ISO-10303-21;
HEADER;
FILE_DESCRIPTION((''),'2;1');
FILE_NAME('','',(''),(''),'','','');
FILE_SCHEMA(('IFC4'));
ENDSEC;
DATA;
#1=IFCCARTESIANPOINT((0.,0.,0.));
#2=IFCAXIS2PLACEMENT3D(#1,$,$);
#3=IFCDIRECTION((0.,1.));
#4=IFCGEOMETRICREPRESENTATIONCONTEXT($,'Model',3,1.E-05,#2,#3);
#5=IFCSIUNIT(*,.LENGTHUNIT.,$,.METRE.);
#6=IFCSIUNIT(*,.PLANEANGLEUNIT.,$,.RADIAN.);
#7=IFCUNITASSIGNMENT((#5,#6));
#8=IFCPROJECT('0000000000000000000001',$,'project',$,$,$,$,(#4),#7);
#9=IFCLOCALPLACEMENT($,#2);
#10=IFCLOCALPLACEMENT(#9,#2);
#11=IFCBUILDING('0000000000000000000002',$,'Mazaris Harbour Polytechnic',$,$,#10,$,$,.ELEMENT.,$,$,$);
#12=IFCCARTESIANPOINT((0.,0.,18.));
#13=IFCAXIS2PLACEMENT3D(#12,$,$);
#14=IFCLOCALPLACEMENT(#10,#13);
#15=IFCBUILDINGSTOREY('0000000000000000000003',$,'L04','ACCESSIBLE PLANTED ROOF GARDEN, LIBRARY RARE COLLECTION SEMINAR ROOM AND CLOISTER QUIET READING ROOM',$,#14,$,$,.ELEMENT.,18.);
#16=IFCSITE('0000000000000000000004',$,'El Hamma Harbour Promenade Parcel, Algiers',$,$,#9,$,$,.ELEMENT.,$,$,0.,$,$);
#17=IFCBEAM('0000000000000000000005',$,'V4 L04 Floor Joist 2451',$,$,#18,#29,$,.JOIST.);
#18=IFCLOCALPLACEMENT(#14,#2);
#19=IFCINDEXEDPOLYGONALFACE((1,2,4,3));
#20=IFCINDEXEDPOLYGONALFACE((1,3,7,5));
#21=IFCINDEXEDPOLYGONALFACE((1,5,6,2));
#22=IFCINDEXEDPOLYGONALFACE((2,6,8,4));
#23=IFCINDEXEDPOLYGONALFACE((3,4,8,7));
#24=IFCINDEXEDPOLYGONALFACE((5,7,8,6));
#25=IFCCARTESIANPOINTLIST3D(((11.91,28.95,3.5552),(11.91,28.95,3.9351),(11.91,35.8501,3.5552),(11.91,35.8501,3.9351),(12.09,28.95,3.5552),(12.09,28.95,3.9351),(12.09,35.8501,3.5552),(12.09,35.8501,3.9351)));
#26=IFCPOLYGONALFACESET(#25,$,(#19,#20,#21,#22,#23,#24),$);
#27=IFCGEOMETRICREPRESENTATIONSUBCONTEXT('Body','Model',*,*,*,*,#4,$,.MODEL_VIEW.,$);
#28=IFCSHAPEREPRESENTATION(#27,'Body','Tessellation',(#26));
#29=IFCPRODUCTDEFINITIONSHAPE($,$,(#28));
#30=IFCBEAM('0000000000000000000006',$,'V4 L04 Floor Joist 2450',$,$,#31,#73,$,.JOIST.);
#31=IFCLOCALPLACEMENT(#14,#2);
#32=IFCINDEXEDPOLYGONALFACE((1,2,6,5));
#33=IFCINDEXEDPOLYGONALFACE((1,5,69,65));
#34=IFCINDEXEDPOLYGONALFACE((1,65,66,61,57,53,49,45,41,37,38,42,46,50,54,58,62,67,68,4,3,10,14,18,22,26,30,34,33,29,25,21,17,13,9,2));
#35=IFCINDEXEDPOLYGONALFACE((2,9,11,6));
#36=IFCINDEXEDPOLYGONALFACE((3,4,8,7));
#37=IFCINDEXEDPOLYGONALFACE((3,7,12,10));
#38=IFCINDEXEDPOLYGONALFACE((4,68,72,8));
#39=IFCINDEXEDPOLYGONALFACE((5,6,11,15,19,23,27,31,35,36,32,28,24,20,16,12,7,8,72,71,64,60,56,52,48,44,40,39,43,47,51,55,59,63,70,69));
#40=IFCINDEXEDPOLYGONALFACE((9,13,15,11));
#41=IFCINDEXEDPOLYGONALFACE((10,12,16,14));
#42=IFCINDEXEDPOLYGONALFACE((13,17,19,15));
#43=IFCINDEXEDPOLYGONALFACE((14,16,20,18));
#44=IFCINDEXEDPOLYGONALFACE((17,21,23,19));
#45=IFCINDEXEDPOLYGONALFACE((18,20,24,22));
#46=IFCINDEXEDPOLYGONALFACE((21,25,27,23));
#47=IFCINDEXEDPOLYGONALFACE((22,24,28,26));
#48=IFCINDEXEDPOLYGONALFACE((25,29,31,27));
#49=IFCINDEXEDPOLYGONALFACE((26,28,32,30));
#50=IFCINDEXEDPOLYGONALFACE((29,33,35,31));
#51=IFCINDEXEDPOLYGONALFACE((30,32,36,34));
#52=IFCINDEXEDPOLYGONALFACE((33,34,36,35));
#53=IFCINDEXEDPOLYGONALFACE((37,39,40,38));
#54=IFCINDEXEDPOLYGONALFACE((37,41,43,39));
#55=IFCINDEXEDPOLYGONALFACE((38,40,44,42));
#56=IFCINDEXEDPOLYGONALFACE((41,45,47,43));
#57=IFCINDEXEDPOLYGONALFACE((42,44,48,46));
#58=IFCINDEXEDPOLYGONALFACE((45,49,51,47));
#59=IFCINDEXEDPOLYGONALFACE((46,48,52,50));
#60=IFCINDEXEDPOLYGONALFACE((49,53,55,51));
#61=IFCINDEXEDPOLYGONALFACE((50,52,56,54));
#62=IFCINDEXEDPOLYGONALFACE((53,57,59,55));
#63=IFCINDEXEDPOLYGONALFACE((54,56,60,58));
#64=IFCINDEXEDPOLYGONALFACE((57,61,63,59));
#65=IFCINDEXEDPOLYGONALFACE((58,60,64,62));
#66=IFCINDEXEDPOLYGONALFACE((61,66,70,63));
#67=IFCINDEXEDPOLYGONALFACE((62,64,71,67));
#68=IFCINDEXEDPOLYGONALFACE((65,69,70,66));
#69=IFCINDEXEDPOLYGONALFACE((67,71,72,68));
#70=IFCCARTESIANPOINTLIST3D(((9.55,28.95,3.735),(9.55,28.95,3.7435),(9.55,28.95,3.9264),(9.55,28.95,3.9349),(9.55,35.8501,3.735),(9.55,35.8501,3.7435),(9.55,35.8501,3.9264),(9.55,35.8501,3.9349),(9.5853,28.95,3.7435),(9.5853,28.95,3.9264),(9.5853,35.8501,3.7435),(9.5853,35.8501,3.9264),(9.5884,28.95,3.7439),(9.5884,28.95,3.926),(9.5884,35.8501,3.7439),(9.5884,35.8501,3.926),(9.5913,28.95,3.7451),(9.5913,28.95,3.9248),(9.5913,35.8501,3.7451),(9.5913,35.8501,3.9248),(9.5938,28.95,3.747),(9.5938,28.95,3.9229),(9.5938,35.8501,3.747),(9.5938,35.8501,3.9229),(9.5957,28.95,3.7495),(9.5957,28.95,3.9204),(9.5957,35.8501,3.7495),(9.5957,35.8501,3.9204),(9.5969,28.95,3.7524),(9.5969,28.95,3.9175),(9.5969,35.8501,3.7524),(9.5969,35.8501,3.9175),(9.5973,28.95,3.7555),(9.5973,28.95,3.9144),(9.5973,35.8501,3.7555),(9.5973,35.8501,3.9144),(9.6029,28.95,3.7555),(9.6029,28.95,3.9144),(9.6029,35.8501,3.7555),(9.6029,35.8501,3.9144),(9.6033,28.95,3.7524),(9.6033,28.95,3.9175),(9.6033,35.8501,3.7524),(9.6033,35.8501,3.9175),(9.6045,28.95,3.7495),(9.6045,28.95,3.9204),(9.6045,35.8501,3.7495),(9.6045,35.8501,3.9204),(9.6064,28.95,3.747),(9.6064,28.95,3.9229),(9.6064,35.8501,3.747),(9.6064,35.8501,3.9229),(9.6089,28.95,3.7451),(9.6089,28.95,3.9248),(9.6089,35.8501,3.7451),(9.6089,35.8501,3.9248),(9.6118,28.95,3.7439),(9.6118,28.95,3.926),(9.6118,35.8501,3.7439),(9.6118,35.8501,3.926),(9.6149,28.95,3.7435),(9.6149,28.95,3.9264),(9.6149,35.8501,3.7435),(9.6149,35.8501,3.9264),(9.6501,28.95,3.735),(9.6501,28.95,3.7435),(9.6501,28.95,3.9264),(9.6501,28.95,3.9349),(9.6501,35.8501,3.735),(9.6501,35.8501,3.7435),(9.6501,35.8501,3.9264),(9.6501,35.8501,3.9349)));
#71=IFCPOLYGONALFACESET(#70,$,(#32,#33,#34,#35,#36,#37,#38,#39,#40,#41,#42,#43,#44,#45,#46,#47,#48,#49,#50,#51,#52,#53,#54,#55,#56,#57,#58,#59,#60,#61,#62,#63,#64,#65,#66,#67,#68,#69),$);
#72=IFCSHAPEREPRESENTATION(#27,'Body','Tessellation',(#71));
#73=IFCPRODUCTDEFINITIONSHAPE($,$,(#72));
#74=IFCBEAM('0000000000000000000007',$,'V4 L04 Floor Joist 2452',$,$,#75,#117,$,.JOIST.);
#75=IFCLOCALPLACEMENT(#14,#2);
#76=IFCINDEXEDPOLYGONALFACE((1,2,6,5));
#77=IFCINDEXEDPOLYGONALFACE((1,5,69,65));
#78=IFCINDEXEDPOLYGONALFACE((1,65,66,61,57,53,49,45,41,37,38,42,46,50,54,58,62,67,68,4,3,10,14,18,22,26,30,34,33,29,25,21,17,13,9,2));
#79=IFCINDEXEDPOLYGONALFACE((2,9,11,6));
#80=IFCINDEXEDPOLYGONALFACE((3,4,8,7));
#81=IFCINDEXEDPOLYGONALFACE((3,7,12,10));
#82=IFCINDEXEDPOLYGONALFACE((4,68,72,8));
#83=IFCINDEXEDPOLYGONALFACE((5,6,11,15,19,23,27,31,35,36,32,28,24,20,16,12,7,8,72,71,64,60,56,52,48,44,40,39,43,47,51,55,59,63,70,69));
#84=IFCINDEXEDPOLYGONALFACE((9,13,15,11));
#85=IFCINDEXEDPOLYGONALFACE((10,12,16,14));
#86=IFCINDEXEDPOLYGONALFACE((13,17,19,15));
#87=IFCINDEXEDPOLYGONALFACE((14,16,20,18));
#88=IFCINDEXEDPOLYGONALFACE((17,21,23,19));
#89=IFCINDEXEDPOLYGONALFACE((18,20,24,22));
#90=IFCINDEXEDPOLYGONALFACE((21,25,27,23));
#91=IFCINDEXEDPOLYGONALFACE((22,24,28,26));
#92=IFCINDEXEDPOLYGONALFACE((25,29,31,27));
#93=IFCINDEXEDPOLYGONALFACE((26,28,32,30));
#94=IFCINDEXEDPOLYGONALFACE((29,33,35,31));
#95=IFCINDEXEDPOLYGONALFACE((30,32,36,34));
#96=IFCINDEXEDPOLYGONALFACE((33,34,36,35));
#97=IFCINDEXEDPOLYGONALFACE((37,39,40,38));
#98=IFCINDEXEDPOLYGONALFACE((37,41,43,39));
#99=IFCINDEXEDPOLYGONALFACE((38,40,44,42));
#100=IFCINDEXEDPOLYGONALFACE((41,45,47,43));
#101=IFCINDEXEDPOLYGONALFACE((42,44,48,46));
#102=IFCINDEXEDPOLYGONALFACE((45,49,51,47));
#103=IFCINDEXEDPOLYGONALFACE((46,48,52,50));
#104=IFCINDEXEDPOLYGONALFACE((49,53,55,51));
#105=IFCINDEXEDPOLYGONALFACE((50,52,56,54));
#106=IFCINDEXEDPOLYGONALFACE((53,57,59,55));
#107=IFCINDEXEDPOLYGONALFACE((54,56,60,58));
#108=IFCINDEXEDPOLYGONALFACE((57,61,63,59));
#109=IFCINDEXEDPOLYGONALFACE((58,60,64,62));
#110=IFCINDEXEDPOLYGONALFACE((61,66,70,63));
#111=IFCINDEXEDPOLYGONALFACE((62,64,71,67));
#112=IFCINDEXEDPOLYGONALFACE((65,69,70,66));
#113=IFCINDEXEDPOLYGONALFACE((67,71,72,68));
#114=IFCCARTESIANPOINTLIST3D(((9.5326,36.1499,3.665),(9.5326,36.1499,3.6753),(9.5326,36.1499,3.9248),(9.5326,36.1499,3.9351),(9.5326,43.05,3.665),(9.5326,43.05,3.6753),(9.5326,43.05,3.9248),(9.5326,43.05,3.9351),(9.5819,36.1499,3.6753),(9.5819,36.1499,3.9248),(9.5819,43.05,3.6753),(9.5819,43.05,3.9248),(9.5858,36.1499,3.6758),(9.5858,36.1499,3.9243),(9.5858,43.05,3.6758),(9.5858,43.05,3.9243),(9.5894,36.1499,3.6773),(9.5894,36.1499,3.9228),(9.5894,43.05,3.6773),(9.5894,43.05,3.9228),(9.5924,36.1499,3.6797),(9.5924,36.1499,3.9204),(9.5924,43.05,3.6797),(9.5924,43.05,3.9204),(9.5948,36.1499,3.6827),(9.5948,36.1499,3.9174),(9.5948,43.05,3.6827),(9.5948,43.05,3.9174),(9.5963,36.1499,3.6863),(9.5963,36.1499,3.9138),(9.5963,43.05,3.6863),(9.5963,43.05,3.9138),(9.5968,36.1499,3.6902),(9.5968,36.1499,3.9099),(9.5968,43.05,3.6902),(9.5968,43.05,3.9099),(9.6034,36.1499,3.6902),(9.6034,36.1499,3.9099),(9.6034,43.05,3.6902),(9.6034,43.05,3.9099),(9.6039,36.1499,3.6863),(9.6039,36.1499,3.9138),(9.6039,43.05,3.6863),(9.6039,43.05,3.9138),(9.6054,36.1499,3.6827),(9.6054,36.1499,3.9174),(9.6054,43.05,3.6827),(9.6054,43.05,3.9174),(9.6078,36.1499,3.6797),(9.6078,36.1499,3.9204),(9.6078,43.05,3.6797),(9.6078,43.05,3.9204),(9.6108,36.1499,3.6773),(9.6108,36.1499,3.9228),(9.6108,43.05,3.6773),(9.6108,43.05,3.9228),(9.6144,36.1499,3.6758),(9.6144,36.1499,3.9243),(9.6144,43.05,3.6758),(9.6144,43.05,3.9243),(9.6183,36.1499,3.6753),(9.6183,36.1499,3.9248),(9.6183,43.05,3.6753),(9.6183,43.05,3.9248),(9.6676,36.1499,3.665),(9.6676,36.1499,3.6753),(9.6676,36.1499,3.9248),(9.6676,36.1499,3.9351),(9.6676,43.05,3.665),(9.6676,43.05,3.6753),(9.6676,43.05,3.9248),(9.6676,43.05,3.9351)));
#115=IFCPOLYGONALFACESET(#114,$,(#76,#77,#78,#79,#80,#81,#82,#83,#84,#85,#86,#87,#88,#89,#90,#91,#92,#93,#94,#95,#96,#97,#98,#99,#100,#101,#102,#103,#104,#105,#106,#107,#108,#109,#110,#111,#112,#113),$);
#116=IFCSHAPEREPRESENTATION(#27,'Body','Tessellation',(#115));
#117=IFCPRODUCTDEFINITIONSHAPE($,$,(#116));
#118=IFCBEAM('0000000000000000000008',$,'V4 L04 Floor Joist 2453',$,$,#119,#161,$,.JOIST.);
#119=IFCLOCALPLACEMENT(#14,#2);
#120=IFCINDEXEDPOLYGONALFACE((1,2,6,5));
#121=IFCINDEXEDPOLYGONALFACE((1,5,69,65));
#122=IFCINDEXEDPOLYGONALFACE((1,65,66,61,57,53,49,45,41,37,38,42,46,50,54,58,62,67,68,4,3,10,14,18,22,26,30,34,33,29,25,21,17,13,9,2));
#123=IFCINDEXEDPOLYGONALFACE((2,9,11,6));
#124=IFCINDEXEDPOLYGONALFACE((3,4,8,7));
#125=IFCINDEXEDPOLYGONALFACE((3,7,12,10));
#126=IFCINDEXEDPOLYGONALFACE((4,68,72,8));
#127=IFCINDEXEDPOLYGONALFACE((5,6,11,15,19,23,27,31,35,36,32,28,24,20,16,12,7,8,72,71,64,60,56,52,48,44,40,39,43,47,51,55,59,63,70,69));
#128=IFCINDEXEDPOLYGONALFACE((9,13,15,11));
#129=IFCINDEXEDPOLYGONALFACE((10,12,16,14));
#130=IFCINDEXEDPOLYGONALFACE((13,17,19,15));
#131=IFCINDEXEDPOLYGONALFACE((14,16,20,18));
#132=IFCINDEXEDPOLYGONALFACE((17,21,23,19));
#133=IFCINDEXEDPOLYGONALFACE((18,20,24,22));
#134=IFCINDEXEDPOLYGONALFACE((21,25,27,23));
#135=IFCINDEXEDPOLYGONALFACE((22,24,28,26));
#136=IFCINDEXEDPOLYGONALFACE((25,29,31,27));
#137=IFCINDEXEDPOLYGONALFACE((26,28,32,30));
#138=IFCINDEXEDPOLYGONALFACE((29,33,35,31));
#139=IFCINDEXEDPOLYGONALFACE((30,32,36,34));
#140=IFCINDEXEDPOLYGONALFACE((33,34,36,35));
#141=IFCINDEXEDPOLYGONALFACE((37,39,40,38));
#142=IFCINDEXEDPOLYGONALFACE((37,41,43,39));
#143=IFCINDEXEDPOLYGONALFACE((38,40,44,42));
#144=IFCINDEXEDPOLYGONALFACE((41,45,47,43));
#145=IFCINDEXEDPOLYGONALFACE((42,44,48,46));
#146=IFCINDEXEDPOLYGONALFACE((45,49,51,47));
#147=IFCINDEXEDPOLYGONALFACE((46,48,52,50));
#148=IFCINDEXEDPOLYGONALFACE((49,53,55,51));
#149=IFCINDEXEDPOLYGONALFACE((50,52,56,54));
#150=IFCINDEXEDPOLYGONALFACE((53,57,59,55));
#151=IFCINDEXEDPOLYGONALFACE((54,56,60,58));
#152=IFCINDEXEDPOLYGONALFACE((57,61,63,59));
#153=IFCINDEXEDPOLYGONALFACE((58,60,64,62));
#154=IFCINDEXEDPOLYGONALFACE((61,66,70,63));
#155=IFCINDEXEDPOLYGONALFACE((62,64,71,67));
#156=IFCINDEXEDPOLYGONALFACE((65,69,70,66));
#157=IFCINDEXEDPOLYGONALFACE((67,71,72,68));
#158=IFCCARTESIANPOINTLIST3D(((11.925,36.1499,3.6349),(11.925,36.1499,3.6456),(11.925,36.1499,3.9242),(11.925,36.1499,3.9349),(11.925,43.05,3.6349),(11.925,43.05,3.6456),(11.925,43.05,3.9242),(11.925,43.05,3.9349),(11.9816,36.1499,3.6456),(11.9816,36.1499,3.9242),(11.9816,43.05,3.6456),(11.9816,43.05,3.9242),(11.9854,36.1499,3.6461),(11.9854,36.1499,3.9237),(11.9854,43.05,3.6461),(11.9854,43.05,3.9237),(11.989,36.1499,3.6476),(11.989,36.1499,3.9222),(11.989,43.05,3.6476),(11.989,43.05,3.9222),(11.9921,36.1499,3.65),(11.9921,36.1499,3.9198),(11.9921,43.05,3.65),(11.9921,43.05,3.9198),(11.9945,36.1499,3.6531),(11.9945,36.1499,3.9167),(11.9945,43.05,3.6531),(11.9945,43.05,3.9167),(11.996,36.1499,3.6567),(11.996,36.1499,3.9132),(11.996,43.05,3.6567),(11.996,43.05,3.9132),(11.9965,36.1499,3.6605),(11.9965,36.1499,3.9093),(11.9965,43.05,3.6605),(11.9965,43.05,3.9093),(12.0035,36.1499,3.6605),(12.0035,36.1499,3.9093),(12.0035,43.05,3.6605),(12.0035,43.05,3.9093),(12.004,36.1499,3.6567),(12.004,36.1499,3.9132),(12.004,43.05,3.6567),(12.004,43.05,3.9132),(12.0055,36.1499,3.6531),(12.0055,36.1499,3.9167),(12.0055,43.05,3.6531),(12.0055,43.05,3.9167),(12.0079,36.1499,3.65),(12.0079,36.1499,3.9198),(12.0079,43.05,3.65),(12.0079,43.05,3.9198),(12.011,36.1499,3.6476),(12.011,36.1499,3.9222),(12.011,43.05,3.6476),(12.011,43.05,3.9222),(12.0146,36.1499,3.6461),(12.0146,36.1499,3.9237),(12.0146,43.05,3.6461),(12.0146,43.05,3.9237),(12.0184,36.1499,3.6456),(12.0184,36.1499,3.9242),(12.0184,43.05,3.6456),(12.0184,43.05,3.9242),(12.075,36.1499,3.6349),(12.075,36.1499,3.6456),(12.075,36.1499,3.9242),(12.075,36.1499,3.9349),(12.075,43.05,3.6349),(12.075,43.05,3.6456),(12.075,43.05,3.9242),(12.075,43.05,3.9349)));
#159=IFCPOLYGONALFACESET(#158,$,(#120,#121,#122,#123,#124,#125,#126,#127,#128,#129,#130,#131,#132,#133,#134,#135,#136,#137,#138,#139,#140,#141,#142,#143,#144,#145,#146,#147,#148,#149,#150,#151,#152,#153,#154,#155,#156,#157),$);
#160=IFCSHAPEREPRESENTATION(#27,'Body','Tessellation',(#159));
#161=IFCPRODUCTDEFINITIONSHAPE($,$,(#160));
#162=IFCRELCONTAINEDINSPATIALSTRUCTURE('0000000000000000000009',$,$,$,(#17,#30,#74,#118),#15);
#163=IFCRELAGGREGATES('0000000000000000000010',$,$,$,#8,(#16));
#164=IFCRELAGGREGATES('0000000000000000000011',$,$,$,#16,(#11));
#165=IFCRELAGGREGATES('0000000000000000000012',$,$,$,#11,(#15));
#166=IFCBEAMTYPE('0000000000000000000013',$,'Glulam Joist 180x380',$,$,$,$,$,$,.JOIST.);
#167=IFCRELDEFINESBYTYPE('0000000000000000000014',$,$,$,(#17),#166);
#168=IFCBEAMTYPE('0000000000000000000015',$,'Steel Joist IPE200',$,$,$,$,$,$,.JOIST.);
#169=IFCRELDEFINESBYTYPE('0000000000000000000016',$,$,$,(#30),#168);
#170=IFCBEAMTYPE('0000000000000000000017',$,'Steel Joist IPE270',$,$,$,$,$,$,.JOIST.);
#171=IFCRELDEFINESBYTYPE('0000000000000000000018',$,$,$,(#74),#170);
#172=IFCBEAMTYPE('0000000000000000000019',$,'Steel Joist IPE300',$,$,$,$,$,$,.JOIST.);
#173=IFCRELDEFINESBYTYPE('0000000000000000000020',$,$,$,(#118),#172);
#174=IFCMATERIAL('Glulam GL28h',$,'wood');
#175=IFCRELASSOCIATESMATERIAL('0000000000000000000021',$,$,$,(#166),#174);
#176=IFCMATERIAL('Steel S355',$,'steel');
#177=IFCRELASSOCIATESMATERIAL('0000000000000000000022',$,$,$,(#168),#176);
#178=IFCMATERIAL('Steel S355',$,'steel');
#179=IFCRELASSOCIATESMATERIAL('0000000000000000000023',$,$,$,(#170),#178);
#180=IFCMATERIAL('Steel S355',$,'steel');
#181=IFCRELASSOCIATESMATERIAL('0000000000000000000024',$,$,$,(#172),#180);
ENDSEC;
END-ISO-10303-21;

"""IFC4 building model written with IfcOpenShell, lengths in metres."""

from ifc_helpers import new_model, si_unit, direction, frame, origin, origin_2d, place, context, subcontext, project, spatial, rectangle, i_section, extrude, material, material_profile, profile_set, type_object, element, save


model = new_model("IFC4")

# Units and contexts
model_context = context("Model", 3, precision=1e-05, world=origin(), true_north=direction((0.0, 1.0)))
body_context = subcontext(model_context, "Body", "Model", "MODEL_VIEW")
ifc_project = project(units=[si_unit("LENGTHUNIT", "METRE"), si_unit("PLANEANGLEUNIT", "RADIAN")], contexts=[model_context])

# Site, building, storey
site_placement = place(None, origin())
site = spatial("IfcSite", under=ifc_project, at=site_placement, Name="El Hamma Harbour Promenade Parcel, Algiers", CompositionType="ELEMENT", RefElevation=0.0)
building_placement = place(site_placement, origin())
building = spatial("IfcBuilding", under=site, at=building_placement, Name="Mazaris Harbour Polytechnic", CompositionType="ELEMENT")
storey_placement = place(building_placement, frame((0.0, 0.0, 18.0)))
storey = spatial("IfcBuildingStorey", under=building, at=storey_placement, Name="L04", Description="ACCESSIBLE PLANTED ROOF GARDEN, LIBRARY RARE COLLECTION SEMINAR ROOM AND CLOISTER QUIET READING ROOM", CompositionType="ELEMENT", Elevation=18.0)

# Beams
ifc_material_1 = material(Name="Glulam GL28h", Category="wood")
ifc_material_profile_1 = material_profile(ifc_material_1, rectangle(XDim=0.1799, YDim=0.3799, at=origin_2d()), Name="RECT180x380")
ifc_profile_set_1 = profile_set([ifc_material_profile_1], Name="Glulam GL28h")
beam_type_1 = type_object("IfcBeamType", Name="Glulam Joist 180x380", PredefinedType="JOIST", material=ifc_profile_set_1)
beam_1_placement = place(storey_placement, frame((12.0, 28.95, 3.7451), z_axis=(0.0, 1.0, 0.0), x_axis=(-1.0, 0.0, 0.0)))
element("IfcBeam", 1, at=beam_1_placement, inside=storey, type_object=beam_type_1, Name="V4 L04 Floor Joist 2451", PredefinedType="JOIST", context=body_context, shape_type="SweptSolid", body=[
    extrude(rectangle(XDim=0.1799, YDim=0.3799, at=origin_2d()), origin(), (0.0, 0.0, 1.0), 6.9001),
])
ifc_material_2 = material(Name="Steel S355", Category="steel")
ifc_material_profile_2 = material_profile(ifc_material_2, i_section(OverallWidth=0.1001, OverallDepth=0.2, WebThickness=0.0056, FlangeThickness=0.0085, FilletRadius=0.012, at=origin_2d()), Name="IPE 200")
ifc_profile_set_2 = profile_set([ifc_material_profile_2], Name="Steel S355")
beam_type_2 = type_object("IfcBeamType", Name="Steel Joist IPE200", PredefinedType="JOIST", material=ifc_profile_set_2)
beam_2_placement = place(storey_placement, frame((9.6001, 28.95, 3.835), z_axis=(0.0, 1.0, 0.0), x_axis=(-1.0, 0.0, 0.0)))
element("IfcBeam", 2, at=beam_2_placement, inside=storey, type_object=beam_type_2, Name="V4 L04 Floor Joist 2450", PredefinedType="JOIST", context=body_context, shape_type="SweptSolid", body=[
    extrude(i_section(OverallWidth=0.1001, OverallDepth=0.2, WebThickness=0.0056, FlangeThickness=0.0085, FilletRadius=0.012, at=origin_2d()), origin(), (0.0, 0.0, 1.0), 6.9001),
])
ifc_material_3 = material(Name="Steel S355", Category="steel")
ifc_material_profile_3 = material_profile(ifc_material_3, i_section(OverallWidth=0.135, OverallDepth=0.27, WebThickness=0.0066, FlangeThickness=0.0103, FilletRadius=0.0149, at=origin_2d()), Name="IPE 270")
ifc_profile_set_3 = profile_set([ifc_material_profile_3], Name="Steel S355")
beam_type_3 = type_object("IfcBeamType", Name="Steel Joist IPE270", PredefinedType="JOIST", material=ifc_profile_set_3)
beam_3_placement = place(storey_placement, frame((9.6001, 36.1499, 3.8), z_axis=(0.0, 1.0, 0.0), x_axis=(-1.0, 0.0, 0.0)))
element("IfcBeam", 3, at=beam_3_placement, inside=storey, type_object=beam_type_3, Name="V4 L04 Floor Joist 2452", PredefinedType="JOIST", context=body_context, shape_type="SweptSolid", body=[
    extrude(i_section(OverallWidth=0.135, OverallDepth=0.27, WebThickness=0.0066, FlangeThickness=0.0103, FilletRadius=0.0149, at=origin_2d()), origin(), (0.0, 0.0, 1.0), 6.9001),
])
ifc_material_4 = material(Name="Steel S355", Category="steel")
ifc_material_profile_4 = material_profile(ifc_material_4, i_section(OverallWidth=0.1499, OverallDepth=0.3, WebThickness=0.0071, FlangeThickness=0.0107, FilletRadius=0.0149, at=origin_2d()), Name="IPE 300")
ifc_profile_set_4 = profile_set([ifc_material_profile_4], Name="Steel S355")
beam_type_4 = type_object("IfcBeamType", Name="Steel Joist IPE300", PredefinedType="JOIST", material=ifc_profile_set_4)
beam_4_placement = place(storey_placement, frame((12.0, 36.1499, 3.7849), z_axis=(0.0, 1.0, 0.0), x_axis=(-1.0, 0.0, 0.0)))
element("IfcBeam", 4, at=beam_4_placement, inside=storey, type_object=beam_type_4, Name="V4 L04 Floor Joist 2453", PredefinedType="JOIST", context=body_context, shape_type="SweptSolid", body=[
    extrude(i_section(OverallWidth=0.1499, OverallDepth=0.3, WebThickness=0.0071, FlangeThickness=0.0107, FilletRadius=0.0149, at=origin_2d()), origin(), (0.0, 0.0, 1.0), 6.9001),
])

save(model, "model.ifc")
